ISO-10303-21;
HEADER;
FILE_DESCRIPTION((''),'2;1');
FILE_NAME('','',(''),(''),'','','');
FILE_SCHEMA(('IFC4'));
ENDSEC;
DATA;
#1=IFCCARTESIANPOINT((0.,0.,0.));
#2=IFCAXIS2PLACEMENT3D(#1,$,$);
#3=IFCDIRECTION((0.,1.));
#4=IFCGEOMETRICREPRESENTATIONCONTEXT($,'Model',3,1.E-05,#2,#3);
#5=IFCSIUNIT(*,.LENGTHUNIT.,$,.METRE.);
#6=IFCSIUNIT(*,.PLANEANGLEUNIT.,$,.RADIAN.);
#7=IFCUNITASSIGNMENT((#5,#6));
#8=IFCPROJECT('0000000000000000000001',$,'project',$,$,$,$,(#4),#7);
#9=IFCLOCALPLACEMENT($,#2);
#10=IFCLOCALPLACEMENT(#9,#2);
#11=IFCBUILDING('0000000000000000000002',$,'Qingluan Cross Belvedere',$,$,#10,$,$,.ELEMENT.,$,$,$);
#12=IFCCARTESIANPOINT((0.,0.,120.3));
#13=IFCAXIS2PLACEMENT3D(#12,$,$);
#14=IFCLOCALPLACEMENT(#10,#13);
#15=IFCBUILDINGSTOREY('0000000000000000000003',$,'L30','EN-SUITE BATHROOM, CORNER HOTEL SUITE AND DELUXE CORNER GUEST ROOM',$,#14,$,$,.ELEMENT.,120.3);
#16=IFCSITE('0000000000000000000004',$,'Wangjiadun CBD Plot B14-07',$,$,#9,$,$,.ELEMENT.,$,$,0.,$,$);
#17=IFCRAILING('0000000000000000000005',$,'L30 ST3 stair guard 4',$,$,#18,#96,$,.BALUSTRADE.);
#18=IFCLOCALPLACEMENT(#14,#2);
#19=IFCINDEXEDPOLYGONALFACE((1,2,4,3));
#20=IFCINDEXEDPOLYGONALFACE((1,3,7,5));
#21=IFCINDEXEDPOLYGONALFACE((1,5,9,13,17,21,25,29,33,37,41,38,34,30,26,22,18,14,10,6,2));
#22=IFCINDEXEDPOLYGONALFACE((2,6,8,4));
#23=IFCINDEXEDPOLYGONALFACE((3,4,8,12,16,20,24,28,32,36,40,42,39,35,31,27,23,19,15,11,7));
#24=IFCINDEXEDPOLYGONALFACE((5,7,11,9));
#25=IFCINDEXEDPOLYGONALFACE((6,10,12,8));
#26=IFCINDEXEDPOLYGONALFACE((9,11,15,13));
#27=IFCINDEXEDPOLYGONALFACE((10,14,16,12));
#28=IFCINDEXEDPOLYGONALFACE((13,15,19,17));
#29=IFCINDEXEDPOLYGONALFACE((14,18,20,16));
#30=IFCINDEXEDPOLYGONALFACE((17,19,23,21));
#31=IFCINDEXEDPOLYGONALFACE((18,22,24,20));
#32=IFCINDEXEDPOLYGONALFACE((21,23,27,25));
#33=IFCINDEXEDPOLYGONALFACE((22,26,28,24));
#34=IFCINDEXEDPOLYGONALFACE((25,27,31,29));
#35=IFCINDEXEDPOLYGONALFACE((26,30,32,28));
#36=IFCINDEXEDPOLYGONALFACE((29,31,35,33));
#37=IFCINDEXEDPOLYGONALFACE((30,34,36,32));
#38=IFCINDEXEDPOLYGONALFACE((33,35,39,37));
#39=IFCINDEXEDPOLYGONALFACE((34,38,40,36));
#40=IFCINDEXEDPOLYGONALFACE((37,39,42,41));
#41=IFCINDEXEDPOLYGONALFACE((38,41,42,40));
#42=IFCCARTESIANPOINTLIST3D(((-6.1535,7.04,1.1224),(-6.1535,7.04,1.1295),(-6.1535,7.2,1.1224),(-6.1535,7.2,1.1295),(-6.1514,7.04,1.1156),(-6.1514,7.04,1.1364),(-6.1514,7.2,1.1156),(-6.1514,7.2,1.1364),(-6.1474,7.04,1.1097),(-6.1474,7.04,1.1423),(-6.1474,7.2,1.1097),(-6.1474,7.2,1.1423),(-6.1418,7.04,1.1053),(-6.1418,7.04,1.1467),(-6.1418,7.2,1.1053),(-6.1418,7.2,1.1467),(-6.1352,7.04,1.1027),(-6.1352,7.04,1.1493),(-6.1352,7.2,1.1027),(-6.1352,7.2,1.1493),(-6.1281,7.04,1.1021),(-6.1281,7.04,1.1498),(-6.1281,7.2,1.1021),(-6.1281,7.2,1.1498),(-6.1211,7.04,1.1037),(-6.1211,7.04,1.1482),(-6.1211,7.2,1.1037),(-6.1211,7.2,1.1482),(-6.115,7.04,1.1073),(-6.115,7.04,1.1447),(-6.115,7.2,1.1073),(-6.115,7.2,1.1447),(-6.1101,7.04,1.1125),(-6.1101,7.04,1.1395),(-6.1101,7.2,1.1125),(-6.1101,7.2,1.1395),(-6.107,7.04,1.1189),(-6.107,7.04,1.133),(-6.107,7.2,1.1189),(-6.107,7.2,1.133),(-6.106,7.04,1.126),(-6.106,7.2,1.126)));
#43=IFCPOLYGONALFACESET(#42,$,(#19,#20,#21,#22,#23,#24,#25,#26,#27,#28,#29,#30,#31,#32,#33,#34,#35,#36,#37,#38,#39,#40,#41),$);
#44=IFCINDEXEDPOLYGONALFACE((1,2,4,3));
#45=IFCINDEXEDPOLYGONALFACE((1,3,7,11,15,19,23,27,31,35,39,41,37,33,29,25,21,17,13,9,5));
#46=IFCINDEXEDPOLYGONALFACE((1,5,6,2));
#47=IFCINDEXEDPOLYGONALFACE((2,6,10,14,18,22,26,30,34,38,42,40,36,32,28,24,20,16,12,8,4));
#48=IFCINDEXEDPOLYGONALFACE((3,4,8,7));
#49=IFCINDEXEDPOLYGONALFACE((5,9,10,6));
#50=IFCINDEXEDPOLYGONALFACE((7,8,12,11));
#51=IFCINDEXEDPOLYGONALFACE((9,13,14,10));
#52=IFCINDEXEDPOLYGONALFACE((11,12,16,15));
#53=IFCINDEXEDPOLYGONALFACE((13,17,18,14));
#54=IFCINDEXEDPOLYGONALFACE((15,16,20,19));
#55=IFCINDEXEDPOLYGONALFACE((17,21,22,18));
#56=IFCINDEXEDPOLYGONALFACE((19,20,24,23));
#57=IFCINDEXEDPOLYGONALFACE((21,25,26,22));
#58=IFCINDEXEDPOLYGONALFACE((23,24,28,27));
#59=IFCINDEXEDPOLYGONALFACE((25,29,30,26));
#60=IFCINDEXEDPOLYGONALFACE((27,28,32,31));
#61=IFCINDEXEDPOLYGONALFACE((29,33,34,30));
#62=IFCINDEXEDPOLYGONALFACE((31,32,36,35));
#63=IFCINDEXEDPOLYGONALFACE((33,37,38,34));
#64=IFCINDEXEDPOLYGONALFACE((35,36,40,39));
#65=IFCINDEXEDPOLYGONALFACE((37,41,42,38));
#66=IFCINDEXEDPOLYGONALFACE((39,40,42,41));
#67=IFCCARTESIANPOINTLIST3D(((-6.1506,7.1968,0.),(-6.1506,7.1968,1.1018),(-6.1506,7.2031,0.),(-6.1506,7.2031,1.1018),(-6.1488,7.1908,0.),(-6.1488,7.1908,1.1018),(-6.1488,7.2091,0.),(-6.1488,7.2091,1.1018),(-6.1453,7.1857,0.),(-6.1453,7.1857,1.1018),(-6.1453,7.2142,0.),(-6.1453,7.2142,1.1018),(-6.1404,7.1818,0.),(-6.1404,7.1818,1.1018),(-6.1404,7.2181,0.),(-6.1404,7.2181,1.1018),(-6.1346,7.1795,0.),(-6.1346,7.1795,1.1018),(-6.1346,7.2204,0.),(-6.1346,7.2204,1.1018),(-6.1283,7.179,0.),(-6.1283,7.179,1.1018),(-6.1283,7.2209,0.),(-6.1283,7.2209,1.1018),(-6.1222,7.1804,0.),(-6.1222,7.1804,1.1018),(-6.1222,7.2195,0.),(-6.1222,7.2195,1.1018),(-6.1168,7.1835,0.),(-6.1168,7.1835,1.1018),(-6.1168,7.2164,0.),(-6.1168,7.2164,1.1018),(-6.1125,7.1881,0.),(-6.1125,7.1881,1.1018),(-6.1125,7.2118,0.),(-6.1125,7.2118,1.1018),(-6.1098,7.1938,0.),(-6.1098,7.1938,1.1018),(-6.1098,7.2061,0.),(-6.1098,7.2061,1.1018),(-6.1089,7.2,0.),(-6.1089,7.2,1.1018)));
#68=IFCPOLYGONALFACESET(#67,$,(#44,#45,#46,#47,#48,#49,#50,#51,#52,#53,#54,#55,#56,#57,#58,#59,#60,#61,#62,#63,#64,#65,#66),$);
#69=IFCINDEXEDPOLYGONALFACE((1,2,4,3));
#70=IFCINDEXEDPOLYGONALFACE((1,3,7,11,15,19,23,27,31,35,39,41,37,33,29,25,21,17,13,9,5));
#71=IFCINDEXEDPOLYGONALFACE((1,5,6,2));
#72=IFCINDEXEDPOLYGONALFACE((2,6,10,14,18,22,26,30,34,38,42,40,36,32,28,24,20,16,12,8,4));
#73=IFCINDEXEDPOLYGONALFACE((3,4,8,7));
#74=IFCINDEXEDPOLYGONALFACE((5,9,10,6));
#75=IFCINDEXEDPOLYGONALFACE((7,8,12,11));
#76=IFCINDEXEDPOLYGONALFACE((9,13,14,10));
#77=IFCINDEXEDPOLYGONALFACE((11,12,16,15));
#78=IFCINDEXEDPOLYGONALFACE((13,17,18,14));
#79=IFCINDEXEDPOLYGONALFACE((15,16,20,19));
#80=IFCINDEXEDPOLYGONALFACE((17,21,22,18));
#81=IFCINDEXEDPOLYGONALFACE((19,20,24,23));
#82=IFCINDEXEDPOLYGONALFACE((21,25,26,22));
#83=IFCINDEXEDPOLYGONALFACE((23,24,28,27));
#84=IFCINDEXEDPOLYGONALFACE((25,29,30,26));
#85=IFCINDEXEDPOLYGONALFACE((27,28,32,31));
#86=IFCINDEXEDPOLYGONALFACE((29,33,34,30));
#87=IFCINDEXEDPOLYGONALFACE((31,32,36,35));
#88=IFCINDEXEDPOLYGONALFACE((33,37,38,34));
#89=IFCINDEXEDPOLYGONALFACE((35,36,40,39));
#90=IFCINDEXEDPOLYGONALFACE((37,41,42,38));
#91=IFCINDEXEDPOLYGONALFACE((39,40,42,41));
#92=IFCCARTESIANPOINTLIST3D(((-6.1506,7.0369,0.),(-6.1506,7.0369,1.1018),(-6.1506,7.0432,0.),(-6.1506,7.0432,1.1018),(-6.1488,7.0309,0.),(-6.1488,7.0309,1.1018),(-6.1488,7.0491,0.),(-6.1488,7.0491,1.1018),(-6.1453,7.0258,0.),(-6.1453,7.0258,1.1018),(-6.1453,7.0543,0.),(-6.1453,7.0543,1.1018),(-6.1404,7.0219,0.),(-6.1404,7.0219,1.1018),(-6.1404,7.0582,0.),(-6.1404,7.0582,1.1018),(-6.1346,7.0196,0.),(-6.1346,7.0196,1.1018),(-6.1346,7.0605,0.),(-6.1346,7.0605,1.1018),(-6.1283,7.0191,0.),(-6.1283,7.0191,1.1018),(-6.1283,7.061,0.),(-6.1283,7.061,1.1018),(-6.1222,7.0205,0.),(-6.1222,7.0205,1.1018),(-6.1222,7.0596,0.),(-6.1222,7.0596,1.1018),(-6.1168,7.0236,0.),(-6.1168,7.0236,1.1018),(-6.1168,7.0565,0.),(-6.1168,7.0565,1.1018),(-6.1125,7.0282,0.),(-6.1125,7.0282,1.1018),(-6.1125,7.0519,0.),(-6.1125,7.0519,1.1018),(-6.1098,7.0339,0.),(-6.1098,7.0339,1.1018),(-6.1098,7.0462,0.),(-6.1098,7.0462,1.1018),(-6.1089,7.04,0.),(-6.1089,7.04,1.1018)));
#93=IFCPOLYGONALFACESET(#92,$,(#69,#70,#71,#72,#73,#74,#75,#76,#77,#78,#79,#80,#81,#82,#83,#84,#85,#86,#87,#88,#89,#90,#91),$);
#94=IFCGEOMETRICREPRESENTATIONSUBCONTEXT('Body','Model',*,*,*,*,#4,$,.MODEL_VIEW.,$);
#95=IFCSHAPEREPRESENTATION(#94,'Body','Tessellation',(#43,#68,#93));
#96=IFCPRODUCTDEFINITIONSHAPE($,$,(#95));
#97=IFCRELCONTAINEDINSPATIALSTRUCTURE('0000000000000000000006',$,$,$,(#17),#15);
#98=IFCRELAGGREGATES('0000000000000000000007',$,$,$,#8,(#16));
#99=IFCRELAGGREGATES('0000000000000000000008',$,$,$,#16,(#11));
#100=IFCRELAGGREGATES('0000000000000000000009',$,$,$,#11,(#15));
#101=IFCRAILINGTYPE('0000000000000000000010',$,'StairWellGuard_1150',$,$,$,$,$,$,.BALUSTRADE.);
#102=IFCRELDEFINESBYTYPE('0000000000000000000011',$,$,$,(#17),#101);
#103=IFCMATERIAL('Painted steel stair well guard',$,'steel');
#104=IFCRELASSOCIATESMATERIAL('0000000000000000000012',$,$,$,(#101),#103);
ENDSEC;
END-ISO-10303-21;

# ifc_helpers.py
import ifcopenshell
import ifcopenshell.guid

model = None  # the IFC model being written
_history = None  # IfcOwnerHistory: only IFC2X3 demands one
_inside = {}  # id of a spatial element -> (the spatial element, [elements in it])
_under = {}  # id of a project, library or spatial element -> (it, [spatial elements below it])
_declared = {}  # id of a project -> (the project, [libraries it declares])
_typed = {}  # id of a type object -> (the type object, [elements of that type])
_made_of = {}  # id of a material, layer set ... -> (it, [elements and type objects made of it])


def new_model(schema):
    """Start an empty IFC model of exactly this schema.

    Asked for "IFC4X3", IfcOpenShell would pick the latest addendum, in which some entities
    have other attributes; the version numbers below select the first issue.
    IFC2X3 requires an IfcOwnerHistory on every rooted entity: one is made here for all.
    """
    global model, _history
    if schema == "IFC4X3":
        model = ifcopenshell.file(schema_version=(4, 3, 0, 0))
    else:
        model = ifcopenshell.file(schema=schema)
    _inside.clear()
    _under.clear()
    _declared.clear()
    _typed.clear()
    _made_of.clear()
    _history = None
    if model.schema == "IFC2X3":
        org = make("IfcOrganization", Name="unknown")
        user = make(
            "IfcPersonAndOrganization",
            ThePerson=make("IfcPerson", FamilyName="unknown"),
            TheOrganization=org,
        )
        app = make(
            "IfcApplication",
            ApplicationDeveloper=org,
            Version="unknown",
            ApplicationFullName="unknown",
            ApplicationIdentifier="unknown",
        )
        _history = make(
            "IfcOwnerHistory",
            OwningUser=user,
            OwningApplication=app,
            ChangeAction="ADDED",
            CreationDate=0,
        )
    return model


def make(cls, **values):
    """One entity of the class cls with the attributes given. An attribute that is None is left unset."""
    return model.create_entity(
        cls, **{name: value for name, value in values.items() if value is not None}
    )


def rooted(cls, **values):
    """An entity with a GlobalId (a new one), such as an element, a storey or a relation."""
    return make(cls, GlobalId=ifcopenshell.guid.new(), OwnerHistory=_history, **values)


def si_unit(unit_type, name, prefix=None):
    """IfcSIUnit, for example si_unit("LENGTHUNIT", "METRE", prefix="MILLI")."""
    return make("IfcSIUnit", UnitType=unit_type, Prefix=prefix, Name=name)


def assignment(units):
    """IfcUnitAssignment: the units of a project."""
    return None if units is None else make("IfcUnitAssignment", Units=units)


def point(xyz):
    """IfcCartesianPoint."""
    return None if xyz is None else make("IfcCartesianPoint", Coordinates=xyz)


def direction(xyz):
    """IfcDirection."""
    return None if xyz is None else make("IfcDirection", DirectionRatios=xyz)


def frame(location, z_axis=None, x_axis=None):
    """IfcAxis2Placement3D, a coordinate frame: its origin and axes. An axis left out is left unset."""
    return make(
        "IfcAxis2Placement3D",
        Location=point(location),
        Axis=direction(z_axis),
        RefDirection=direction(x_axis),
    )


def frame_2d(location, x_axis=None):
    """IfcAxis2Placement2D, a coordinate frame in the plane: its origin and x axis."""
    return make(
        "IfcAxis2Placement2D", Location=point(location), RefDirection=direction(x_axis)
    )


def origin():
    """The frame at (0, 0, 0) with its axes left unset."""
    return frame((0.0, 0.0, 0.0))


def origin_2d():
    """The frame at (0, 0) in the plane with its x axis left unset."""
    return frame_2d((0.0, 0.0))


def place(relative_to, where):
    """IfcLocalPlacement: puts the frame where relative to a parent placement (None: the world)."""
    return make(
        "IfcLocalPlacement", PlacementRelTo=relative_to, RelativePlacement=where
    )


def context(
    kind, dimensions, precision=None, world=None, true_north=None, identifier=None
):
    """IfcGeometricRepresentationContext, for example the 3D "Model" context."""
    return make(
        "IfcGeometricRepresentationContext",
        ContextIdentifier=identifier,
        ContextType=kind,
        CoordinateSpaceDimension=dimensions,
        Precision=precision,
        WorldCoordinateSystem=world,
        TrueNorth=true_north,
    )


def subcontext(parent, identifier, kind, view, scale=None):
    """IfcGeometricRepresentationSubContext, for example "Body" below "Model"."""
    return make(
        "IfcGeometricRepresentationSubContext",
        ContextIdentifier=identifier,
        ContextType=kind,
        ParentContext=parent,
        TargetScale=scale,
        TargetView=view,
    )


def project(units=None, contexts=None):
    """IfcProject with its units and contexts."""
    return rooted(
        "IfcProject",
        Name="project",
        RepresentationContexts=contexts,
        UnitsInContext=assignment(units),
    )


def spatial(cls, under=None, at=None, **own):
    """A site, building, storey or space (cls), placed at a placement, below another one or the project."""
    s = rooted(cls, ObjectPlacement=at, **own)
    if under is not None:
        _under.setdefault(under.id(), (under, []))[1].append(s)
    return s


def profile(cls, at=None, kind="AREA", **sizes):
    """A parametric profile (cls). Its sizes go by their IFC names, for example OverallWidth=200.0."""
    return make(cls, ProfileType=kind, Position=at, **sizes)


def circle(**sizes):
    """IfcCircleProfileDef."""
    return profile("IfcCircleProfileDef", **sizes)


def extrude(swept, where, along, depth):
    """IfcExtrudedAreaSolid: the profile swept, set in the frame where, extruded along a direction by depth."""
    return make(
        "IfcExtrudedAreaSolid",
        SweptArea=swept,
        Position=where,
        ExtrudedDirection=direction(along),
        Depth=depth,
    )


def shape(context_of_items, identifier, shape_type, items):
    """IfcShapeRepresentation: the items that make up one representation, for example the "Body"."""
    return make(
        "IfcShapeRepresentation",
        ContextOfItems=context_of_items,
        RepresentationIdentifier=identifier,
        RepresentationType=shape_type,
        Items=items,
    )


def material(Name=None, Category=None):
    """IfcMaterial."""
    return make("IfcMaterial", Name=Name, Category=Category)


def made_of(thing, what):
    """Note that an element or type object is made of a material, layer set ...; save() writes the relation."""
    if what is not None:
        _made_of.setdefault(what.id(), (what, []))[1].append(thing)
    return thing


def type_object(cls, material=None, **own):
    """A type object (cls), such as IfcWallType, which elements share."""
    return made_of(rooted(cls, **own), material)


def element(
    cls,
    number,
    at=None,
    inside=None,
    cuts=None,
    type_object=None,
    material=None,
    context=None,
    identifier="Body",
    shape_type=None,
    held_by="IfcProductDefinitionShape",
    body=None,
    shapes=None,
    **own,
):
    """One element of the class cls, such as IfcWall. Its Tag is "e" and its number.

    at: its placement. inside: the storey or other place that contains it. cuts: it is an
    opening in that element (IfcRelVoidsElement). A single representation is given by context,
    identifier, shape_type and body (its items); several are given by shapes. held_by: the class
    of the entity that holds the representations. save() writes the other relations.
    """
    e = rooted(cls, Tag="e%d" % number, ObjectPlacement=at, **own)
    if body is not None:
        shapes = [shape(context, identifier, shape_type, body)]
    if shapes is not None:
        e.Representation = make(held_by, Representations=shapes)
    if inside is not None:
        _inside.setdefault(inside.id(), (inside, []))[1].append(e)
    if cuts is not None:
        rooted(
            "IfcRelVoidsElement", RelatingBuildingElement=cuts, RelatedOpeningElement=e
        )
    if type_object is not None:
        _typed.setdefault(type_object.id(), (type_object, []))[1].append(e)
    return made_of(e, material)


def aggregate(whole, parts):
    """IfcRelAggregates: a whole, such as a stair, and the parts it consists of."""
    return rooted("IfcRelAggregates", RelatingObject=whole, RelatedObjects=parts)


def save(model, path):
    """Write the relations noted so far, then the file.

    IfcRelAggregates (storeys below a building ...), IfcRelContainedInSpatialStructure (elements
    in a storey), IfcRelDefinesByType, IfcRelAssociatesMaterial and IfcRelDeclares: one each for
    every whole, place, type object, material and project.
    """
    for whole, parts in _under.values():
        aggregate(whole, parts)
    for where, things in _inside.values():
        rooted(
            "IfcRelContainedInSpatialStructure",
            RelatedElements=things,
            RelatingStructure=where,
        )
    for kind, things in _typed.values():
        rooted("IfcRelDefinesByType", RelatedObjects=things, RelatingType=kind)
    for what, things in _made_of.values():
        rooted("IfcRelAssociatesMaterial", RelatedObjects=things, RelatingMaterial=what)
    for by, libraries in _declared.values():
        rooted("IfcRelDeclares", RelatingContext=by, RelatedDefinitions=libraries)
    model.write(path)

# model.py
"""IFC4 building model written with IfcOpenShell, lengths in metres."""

from ifc_helpers import new_model, si_unit, direction, frame, origin, origin_2d, place, context, subcontext, project, spatial, circle, extrude, material, type_object, element, save


model = new_model("IFC4")

# Units and contexts
model_context = context("Model", 3, precision=1e-05, world=origin(), true_north=direction((0.0, 1.0)))
body_context = subcontext(model_context, "Body", "Model", "MODEL_VIEW")
ifc_project = project(units=[si_unit("LENGTHUNIT", "METRE"), si_unit("PLANEANGLEUNIT", "RADIAN")], contexts=[model_context])

# Site, building, storey
site_placement = place(None, origin())
site = spatial("IfcSite", under=ifc_project, at=site_placement, Name="Wangjiadun CBD Plot B14-07", CompositionType="ELEMENT", RefElevation=0.0)
building_placement = place(site_placement, origin())
building = spatial("IfcBuilding", under=site, at=building_placement, Name="Qingluan Cross Belvedere", CompositionType="ELEMENT")
storey_placement = place(building_placement, frame((0.0, 0.0, 120.3)))
storey = spatial("IfcBuildingStorey", under=building, at=storey_placement, Name="L30", Description="EN-SUITE BATHROOM, CORNER HOTEL SUITE AND DELUXE CORNER GUEST ROOM", CompositionType="ELEMENT", Elevation=120.3)

# Railing
ifc_material_1 = material(Name="Painted steel stair well guard", Category="steel")
railing_type_1 = type_object("IfcRailingType", Name="StairWellGuard_1150", PredefinedType="BALUSTRADE", material=ifc_material_1)
railing_1_placement = place(storey_placement, frame((-6.1299, 7.2, 0.0)))
element("IfcRailing", 1, at=railing_1_placement, inside=storey, type_object=railing_type_1, Name="L30 ST3 stair guard 4", PredefinedType="BALUSTRADE", context=body_context, shape_type="SweptSolid", body=[
    extrude(circle(Radius=0.0239, at=origin_2d()), frame((0.0, 0.0, 1.126), z_axis=(0.0, -1.0, 0.0), x_axis=(1.0, 0.0, 0.0)), (0.0, 0.0, 1.0), 0.1599),
    extrude(circle(Radius=0.021, at=origin_2d()), origin(), (0.0, 0.0, 1.0), 1.1018),
    extrude(circle(Radius=0.021, at=origin_2d()), frame((0.0, -0.1599, 0.0)), (0.0, 0.0, 1.0), 1.1018),
])

save(model, "model.ifc")
